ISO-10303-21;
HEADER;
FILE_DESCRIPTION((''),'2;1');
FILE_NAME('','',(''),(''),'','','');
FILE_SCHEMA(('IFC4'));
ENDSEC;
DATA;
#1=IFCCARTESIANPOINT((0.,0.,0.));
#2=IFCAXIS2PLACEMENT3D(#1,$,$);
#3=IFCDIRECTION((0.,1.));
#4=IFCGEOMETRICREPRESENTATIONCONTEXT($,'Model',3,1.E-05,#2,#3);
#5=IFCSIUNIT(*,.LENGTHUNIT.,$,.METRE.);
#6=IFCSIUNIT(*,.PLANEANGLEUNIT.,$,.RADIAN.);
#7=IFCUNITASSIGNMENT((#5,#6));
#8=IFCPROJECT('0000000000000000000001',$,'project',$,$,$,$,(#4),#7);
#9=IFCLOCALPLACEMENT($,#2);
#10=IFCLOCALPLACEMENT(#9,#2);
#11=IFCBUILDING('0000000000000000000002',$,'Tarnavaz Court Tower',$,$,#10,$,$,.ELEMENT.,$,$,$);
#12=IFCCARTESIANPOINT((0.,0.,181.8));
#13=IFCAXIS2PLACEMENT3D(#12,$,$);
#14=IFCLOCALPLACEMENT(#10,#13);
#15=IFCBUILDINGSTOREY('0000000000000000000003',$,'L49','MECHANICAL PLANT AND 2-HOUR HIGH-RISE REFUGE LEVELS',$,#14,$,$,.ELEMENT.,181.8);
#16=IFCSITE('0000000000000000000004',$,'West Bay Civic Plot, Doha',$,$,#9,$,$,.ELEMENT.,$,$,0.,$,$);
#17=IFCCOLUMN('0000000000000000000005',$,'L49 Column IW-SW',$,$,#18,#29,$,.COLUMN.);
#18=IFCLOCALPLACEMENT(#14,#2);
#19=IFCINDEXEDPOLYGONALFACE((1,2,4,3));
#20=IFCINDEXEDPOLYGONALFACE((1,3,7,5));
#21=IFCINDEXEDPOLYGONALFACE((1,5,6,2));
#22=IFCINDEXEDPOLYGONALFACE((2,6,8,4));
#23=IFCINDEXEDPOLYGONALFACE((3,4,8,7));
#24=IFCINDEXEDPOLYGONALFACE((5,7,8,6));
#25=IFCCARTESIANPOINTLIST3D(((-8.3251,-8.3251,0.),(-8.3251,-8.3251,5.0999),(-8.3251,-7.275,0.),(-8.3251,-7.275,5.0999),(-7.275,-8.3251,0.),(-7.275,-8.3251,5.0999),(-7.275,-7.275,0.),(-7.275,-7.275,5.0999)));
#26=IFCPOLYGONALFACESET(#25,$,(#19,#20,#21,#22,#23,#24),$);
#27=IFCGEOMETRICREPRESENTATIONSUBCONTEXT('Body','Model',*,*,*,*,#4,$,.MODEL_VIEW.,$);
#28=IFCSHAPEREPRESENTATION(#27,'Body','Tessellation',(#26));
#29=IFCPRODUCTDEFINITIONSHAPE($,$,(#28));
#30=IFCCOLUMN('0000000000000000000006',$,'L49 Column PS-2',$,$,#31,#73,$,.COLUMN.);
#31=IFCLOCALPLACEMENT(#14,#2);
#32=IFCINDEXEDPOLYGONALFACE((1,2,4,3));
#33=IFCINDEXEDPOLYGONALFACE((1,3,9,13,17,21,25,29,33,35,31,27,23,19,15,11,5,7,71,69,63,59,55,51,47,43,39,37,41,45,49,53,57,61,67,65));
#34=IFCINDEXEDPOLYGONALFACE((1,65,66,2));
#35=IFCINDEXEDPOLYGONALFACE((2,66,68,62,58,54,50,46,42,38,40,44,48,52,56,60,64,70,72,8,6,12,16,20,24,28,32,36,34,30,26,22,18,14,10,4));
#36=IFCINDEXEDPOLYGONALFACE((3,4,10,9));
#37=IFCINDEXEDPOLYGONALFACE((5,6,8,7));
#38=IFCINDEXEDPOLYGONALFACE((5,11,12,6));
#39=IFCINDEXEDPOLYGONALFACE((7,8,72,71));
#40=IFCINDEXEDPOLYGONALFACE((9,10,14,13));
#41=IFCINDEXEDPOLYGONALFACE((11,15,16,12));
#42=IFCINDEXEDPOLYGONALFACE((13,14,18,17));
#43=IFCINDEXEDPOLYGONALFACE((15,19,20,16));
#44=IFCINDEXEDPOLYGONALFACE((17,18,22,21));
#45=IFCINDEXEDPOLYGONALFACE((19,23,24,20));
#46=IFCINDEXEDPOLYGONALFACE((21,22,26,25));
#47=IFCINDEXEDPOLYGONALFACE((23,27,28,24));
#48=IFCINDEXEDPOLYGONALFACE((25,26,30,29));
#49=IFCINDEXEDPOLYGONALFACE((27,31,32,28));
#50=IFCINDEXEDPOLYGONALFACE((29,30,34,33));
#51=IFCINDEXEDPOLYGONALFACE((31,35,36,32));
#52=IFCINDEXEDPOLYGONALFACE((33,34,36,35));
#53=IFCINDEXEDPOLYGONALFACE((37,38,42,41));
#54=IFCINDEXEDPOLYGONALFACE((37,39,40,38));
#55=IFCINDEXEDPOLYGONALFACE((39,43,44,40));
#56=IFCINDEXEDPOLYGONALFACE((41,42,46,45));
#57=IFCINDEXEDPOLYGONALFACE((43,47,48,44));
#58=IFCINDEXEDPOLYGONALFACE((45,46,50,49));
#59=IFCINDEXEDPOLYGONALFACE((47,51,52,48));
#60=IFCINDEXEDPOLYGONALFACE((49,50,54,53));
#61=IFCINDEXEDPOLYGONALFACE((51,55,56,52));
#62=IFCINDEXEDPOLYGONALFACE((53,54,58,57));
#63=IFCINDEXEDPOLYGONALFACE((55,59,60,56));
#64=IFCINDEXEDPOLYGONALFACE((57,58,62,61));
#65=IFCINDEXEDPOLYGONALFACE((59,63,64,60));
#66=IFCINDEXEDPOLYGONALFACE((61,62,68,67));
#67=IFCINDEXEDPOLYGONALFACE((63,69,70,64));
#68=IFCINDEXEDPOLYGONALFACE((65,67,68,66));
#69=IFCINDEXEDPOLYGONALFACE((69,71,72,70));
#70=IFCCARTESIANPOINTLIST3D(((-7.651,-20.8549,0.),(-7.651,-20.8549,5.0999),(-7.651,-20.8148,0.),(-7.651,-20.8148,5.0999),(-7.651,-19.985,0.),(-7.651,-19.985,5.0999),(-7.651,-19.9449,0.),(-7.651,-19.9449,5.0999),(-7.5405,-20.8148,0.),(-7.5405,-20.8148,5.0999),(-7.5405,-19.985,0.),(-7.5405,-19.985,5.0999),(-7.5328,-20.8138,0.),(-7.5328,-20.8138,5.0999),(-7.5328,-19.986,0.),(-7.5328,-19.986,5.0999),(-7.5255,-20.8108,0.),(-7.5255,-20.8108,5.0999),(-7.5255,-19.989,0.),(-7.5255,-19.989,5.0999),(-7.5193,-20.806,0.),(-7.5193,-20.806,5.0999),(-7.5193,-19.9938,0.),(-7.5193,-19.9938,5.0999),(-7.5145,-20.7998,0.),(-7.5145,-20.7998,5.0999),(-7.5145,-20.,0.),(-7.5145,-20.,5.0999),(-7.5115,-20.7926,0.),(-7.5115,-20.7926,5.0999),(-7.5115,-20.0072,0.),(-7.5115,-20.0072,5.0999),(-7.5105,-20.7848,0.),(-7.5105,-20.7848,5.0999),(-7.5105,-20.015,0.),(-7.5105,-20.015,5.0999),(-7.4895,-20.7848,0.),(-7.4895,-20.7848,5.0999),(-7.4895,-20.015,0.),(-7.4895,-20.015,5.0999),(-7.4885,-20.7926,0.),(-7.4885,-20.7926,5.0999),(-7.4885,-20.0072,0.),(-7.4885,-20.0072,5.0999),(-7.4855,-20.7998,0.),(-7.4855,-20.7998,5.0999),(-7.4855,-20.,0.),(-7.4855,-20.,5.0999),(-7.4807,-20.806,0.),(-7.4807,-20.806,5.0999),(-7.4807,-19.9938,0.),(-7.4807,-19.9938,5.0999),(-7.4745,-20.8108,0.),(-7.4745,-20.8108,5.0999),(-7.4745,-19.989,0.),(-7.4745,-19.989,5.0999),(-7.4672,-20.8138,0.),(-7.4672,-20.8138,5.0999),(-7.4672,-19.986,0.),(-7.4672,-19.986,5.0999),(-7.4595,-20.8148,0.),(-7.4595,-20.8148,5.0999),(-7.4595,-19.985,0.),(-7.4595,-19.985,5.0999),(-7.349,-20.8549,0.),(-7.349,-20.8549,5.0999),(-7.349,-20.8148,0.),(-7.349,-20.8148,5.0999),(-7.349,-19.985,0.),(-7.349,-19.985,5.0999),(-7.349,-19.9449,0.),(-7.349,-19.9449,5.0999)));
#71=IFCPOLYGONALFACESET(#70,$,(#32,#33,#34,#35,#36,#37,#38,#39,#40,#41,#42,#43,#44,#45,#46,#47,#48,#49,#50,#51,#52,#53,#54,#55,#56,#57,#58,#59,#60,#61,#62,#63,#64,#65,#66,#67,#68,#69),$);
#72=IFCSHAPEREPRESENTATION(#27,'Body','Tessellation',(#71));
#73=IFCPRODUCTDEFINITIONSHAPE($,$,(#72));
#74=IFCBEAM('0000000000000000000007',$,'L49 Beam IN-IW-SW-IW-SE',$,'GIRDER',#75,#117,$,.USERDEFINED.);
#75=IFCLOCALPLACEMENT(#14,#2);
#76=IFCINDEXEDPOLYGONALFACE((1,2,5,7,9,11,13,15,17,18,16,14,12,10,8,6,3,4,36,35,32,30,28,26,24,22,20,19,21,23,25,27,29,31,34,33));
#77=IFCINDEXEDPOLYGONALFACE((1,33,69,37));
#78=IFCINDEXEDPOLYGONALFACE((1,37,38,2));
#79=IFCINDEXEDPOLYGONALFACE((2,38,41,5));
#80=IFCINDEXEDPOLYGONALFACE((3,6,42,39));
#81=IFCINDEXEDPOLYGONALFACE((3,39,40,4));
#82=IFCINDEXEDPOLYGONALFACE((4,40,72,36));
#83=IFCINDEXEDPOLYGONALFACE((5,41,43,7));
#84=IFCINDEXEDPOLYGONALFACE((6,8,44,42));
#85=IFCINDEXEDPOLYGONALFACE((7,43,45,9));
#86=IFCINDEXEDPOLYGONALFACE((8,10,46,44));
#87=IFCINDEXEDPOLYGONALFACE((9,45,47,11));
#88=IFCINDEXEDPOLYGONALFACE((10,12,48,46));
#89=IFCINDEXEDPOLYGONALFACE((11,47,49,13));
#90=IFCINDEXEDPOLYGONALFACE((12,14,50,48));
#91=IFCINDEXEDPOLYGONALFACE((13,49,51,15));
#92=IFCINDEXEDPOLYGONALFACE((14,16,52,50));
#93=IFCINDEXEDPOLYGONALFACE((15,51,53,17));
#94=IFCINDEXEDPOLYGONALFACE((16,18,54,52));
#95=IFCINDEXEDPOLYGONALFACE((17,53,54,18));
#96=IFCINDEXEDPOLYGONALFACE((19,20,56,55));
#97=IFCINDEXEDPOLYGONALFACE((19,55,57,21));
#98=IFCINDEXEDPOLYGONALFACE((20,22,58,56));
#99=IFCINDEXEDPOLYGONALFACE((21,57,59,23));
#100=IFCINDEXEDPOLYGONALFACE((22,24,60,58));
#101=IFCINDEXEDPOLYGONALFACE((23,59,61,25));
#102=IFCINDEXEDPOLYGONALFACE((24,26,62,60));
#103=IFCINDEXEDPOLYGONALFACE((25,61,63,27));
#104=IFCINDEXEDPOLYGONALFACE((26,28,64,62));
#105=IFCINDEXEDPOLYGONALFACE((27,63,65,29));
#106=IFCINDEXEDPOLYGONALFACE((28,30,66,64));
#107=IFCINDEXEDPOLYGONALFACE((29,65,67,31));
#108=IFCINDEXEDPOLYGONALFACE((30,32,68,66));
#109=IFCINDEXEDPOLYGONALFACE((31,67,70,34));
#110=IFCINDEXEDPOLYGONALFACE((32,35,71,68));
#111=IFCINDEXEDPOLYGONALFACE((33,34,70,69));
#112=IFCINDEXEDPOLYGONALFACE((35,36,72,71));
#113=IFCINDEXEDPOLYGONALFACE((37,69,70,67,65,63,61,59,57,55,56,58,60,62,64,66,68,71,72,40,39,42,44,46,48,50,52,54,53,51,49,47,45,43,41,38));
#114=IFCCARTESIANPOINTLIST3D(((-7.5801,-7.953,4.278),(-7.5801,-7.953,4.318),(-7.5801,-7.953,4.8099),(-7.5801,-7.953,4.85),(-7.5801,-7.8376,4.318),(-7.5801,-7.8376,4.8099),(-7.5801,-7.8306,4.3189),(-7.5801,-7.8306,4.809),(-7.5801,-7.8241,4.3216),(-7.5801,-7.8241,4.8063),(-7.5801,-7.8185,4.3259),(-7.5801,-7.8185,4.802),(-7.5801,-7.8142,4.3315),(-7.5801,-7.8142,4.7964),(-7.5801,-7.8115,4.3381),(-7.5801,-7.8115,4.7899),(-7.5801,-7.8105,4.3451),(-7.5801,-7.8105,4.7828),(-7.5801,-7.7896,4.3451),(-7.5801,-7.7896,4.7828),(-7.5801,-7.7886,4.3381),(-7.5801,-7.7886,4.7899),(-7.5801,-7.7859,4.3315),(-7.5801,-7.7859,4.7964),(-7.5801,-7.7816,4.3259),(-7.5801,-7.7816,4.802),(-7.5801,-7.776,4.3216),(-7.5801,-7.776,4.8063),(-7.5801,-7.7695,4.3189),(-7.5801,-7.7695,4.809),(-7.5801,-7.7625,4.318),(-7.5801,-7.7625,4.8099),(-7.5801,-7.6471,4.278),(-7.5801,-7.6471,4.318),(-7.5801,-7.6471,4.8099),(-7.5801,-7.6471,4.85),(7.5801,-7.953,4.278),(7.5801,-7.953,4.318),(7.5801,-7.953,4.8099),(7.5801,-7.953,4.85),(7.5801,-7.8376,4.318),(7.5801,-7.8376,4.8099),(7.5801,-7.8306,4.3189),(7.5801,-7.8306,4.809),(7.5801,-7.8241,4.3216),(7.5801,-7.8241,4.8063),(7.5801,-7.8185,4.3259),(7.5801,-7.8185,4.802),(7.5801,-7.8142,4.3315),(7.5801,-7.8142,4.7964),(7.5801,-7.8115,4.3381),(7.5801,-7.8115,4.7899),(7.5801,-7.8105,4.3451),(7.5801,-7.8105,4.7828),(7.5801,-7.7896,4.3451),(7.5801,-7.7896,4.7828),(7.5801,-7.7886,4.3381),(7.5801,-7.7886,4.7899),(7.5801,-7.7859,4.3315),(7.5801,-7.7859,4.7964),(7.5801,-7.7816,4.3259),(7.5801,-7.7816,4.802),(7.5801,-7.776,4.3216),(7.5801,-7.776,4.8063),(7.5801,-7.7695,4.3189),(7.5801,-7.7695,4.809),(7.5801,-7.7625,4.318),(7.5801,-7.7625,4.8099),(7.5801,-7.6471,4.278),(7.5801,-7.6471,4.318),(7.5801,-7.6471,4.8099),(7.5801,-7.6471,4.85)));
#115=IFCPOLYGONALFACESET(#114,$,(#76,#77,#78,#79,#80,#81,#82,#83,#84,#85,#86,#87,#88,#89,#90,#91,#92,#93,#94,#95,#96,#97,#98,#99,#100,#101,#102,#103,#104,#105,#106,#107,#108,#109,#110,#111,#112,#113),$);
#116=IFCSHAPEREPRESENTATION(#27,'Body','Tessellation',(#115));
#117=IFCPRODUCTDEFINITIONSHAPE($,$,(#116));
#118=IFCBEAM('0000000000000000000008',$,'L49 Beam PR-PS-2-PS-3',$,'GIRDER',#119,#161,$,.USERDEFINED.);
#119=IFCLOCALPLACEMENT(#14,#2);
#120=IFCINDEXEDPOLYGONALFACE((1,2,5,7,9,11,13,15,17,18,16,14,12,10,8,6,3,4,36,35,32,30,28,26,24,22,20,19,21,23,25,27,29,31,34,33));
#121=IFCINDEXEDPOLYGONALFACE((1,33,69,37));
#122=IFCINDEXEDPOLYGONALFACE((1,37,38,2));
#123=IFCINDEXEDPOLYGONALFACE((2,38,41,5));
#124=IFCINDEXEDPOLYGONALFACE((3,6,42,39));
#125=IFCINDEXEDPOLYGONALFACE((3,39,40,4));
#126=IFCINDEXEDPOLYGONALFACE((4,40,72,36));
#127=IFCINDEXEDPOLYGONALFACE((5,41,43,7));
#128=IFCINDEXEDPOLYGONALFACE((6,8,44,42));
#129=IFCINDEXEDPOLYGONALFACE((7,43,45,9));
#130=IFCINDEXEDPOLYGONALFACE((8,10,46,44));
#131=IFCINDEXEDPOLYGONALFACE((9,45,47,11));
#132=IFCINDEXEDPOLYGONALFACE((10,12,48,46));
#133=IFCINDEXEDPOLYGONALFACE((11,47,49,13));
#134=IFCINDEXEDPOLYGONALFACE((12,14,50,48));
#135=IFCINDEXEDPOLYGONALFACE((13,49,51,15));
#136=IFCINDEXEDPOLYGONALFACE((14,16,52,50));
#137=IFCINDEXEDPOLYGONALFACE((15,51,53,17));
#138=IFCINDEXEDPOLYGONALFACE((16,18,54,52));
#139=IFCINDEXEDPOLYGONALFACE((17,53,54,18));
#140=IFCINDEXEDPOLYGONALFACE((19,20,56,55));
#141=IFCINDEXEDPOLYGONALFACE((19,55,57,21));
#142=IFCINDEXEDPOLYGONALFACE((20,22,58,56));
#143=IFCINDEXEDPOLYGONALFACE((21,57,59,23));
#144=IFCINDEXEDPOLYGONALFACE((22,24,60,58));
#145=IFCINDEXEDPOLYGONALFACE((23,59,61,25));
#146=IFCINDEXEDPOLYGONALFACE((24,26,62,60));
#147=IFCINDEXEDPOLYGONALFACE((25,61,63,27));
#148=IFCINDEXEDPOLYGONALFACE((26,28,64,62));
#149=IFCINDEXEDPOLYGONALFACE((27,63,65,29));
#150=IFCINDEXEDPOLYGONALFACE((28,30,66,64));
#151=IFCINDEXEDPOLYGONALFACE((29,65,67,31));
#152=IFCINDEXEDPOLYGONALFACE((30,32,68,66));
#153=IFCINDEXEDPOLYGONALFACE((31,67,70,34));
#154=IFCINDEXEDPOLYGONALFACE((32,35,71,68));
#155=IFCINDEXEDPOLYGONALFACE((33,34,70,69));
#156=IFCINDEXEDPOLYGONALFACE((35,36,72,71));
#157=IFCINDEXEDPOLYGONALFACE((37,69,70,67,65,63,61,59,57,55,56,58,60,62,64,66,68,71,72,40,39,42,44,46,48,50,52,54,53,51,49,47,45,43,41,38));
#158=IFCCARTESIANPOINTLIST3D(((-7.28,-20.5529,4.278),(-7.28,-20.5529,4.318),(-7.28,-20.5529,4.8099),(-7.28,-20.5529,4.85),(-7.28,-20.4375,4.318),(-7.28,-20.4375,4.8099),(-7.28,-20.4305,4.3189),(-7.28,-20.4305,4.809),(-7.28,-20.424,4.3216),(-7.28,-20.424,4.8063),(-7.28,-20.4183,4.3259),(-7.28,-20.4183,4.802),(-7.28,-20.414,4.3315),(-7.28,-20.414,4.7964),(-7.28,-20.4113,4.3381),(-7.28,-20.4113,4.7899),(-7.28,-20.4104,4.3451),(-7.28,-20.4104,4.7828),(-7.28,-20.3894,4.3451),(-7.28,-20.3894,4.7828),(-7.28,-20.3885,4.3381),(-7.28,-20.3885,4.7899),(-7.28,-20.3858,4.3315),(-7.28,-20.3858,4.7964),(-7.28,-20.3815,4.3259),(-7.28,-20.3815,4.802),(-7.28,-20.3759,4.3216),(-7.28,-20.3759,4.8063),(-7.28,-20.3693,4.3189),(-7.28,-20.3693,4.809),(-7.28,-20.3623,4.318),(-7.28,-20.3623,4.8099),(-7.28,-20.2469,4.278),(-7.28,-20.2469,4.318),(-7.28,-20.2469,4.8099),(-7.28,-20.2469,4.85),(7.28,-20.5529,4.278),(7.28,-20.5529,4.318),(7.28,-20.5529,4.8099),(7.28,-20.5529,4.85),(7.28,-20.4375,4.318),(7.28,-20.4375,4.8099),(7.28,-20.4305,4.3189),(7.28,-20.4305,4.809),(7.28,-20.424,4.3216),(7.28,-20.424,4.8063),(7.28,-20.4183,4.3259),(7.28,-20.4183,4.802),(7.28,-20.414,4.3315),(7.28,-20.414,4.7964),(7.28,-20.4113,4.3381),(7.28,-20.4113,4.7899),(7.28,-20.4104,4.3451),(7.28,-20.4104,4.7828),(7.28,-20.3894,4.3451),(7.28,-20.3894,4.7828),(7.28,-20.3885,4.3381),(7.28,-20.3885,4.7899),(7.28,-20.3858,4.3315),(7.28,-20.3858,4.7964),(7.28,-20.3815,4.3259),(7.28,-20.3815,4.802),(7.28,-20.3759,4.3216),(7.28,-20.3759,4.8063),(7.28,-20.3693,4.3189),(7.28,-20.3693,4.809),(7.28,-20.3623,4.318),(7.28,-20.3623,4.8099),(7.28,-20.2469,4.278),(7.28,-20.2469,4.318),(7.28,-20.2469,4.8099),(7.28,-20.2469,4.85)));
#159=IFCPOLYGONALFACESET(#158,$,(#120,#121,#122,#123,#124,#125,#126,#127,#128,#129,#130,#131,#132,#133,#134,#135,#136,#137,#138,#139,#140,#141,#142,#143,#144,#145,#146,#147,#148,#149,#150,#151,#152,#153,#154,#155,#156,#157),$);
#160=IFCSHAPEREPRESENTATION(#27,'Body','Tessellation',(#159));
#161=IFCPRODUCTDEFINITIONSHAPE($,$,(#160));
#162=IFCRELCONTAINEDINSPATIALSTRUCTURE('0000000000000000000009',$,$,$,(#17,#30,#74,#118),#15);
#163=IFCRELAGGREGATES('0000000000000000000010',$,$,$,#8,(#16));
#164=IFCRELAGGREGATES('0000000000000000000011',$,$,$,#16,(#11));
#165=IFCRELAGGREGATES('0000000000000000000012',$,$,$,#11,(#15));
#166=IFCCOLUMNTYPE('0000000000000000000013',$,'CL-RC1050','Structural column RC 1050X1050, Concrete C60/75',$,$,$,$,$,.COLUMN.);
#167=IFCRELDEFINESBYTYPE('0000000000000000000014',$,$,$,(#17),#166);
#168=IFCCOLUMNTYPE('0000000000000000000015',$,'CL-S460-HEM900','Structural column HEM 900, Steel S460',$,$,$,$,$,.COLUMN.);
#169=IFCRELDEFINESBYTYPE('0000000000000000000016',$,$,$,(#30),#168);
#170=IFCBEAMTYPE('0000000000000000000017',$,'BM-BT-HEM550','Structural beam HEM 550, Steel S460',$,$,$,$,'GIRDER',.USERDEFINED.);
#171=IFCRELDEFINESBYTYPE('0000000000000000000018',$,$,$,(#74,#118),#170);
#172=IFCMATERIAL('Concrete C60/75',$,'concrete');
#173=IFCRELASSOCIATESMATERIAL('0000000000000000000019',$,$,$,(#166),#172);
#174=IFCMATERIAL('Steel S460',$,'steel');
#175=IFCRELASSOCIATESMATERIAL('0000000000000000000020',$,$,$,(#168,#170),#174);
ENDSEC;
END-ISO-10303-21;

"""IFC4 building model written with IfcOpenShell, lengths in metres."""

from ifc_helpers import new_model, si_unit, direction, frame, origin, origin_2d, place, context, subcontext, project, spatial, rectangle, i_section, extrude, material, material_profile, profile_set, type_object, element, save


model = new_model("IFC4")

# Units and contexts
model_context = context("Model", 3, precision=1e-05, world=origin(), true_north=direction((0.0, 1.0)))
body_context = subcontext(model_context, "Body", "Model", "MODEL_VIEW")
ifc_project = project(units=[si_unit("LENGTHUNIT", "METRE"), si_unit("PLANEANGLEUNIT", "RADIAN")], contexts=[model_context])

# Site, building, storey
site_placement = place(None, origin())
site = spatial("IfcSite", under=ifc_project, at=site_placement, Name="West Bay Civic Plot, Doha", CompositionType="ELEMENT", RefElevation=0.0)
building_placement = place(site_placement, origin())
building = spatial("IfcBuilding", under=site, at=building_placement, Name="Tarnavaz Court Tower", CompositionType="ELEMENT")
storey_placement = place(building_placement, frame((0.0, 0.0, 181.8)))
storey = spatial("IfcBuildingStorey", under=building, at=storey_placement, Name="L49", Description="MECHANICAL PLANT AND 2-HOUR HIGH-RISE REFUGE LEVELS", CompositionType="ELEMENT", Elevation=181.8)

# Columns
ifc_material_1 = material(Name="Concrete C60/75", Category="concrete")
ifc_material_profile_1 = material_profile(ifc_material_1, rectangle(XDim=1.05, YDim=1.05, at=origin_2d()), Name="RC 1050X1050")
ifc_profile_set_1 = profile_set([ifc_material_profile_1], Name="Concrete C60/75")
column_type_1 = type_object("IfcColumnType", Name="CL-RC1050", Description="Structural column RC 1050X1050, Concrete C60/75", PredefinedType="COLUMN", material=ifc_profile_set_1)
column_1_placement = place(storey_placement, frame((-7.8, -7.8, 0.0), z_axis=(0.0, 0.0, 1.0), x_axis=(1.0, 0.0, 0.0)))
element("IfcColumn", 1, at=column_1_placement, inside=storey, type_object=column_type_1, Name="L49 Column IW-SW", PredefinedType="COLUMN", context=body_context, shape_type="SweptSolid", body=[
    extrude(rectangle(XDim=1.05, YDim=1.05, at=origin_2d()), origin(), (0.0, 0.0, 1.0), 5.0999),
])
ifc_material_2 = material(Name="Steel S460", Category="steel")
ifc_material_profile_2 = material_profile(ifc_material_2, i_section(OverallWidth=0.302, OverallDepth=0.9099, WebThickness=0.021, FlangeThickness=0.04, FilletRadius=0.03, at=origin_2d()), Name="HEM 900")
ifc_profile_set_2 = profile_set([ifc_material_profile_2], Name="Steel S460")
column_type_2 = type_object("IfcColumnType", Name="CL-S460-HEM900", Description="Structural column HEM 900, Steel S460", PredefinedType="COLUMN", material=ifc_profile_set_2)
column_2_placement = place(storey_placement, frame((-7.5, -20.3999, 0.0), z_axis=(0.0, 0.0, 1.0), x_axis=(1.0, 0.0, 0.0)))
element("IfcColumn", 2, at=column_2_placement, inside=storey, type_object=column_type_2, Name="L49 Column PS-2", PredefinedType="COLUMN", context=body_context, shape_type="SweptSolid", body=[
    extrude(i_section(OverallWidth=0.302, OverallDepth=0.9099, WebThickness=0.021, FlangeThickness=0.04, FilletRadius=0.03, at=origin_2d()), origin(), (0.0, 0.0, 1.0), 5.0999),
])

# Beams
ifc_material_profile_3 = material_profile(ifc_material_2, i_section(OverallWidth=0.3059, OverallDepth=0.572, WebThickness=0.021, FlangeThickness=0.04, FilletRadius=0.0271, at=origin_2d()), Name="HEM 550")
ifc_profile_set_3 = profile_set([ifc_material_profile_3], Name="Steel S460")
beam_type_1 = type_object("IfcBeamType", Name="BM-BT-HEM550", Description="Structural beam HEM 550, Steel S460", ElementType="GIRDER", PredefinedType="USERDEFINED", material=ifc_profile_set_3)
beam_1_placement = place(storey_placement, frame((-7.5801, -7.8, 4.564), z_axis=(1.0, 0.0, 0.0), x_axis=(0.0, 1.0, 0.0)))
element("IfcBeam", 3, at=beam_1_placement, inside=storey, type_object=beam_type_1, Name="L49 Beam IN-IW-SW-IW-SE", ObjectType="GIRDER", PredefinedType="USERDEFINED", context=body_context, shape_type="SweptSolid", body=[
    extrude(i_section(OverallWidth=0.3059, OverallDepth=0.572, WebThickness=0.021, FlangeThickness=0.04, FilletRadius=0.0271, at=origin_2d()), origin(), (0.0, 0.0, 1.0), 15.1602),
])
beam_2_placement = place(storey_placement, frame((-7.28, -20.3999, 4.564), z_axis=(1.0, 0.0, 0.0), x_axis=(0.0, 1.0, 0.0)))
element("IfcBeam", 4, at=beam_2_placement, inside=storey, type_object=beam_type_1, Name="L49 Beam PR-PS-2-PS-3", ObjectType="GIRDER", PredefinedType="USERDEFINED", context=body_context, shape_type="SweptSolid", body=[
    extrude(i_section(OverallWidth=0.3059, OverallDepth=0.572, WebThickness=0.021, FlangeThickness=0.04, FilletRadius=0.0271, at=origin_2d()), origin(), (0.0, 0.0, 1.0), 14.5601),
])

save(model, "model.ifc")
